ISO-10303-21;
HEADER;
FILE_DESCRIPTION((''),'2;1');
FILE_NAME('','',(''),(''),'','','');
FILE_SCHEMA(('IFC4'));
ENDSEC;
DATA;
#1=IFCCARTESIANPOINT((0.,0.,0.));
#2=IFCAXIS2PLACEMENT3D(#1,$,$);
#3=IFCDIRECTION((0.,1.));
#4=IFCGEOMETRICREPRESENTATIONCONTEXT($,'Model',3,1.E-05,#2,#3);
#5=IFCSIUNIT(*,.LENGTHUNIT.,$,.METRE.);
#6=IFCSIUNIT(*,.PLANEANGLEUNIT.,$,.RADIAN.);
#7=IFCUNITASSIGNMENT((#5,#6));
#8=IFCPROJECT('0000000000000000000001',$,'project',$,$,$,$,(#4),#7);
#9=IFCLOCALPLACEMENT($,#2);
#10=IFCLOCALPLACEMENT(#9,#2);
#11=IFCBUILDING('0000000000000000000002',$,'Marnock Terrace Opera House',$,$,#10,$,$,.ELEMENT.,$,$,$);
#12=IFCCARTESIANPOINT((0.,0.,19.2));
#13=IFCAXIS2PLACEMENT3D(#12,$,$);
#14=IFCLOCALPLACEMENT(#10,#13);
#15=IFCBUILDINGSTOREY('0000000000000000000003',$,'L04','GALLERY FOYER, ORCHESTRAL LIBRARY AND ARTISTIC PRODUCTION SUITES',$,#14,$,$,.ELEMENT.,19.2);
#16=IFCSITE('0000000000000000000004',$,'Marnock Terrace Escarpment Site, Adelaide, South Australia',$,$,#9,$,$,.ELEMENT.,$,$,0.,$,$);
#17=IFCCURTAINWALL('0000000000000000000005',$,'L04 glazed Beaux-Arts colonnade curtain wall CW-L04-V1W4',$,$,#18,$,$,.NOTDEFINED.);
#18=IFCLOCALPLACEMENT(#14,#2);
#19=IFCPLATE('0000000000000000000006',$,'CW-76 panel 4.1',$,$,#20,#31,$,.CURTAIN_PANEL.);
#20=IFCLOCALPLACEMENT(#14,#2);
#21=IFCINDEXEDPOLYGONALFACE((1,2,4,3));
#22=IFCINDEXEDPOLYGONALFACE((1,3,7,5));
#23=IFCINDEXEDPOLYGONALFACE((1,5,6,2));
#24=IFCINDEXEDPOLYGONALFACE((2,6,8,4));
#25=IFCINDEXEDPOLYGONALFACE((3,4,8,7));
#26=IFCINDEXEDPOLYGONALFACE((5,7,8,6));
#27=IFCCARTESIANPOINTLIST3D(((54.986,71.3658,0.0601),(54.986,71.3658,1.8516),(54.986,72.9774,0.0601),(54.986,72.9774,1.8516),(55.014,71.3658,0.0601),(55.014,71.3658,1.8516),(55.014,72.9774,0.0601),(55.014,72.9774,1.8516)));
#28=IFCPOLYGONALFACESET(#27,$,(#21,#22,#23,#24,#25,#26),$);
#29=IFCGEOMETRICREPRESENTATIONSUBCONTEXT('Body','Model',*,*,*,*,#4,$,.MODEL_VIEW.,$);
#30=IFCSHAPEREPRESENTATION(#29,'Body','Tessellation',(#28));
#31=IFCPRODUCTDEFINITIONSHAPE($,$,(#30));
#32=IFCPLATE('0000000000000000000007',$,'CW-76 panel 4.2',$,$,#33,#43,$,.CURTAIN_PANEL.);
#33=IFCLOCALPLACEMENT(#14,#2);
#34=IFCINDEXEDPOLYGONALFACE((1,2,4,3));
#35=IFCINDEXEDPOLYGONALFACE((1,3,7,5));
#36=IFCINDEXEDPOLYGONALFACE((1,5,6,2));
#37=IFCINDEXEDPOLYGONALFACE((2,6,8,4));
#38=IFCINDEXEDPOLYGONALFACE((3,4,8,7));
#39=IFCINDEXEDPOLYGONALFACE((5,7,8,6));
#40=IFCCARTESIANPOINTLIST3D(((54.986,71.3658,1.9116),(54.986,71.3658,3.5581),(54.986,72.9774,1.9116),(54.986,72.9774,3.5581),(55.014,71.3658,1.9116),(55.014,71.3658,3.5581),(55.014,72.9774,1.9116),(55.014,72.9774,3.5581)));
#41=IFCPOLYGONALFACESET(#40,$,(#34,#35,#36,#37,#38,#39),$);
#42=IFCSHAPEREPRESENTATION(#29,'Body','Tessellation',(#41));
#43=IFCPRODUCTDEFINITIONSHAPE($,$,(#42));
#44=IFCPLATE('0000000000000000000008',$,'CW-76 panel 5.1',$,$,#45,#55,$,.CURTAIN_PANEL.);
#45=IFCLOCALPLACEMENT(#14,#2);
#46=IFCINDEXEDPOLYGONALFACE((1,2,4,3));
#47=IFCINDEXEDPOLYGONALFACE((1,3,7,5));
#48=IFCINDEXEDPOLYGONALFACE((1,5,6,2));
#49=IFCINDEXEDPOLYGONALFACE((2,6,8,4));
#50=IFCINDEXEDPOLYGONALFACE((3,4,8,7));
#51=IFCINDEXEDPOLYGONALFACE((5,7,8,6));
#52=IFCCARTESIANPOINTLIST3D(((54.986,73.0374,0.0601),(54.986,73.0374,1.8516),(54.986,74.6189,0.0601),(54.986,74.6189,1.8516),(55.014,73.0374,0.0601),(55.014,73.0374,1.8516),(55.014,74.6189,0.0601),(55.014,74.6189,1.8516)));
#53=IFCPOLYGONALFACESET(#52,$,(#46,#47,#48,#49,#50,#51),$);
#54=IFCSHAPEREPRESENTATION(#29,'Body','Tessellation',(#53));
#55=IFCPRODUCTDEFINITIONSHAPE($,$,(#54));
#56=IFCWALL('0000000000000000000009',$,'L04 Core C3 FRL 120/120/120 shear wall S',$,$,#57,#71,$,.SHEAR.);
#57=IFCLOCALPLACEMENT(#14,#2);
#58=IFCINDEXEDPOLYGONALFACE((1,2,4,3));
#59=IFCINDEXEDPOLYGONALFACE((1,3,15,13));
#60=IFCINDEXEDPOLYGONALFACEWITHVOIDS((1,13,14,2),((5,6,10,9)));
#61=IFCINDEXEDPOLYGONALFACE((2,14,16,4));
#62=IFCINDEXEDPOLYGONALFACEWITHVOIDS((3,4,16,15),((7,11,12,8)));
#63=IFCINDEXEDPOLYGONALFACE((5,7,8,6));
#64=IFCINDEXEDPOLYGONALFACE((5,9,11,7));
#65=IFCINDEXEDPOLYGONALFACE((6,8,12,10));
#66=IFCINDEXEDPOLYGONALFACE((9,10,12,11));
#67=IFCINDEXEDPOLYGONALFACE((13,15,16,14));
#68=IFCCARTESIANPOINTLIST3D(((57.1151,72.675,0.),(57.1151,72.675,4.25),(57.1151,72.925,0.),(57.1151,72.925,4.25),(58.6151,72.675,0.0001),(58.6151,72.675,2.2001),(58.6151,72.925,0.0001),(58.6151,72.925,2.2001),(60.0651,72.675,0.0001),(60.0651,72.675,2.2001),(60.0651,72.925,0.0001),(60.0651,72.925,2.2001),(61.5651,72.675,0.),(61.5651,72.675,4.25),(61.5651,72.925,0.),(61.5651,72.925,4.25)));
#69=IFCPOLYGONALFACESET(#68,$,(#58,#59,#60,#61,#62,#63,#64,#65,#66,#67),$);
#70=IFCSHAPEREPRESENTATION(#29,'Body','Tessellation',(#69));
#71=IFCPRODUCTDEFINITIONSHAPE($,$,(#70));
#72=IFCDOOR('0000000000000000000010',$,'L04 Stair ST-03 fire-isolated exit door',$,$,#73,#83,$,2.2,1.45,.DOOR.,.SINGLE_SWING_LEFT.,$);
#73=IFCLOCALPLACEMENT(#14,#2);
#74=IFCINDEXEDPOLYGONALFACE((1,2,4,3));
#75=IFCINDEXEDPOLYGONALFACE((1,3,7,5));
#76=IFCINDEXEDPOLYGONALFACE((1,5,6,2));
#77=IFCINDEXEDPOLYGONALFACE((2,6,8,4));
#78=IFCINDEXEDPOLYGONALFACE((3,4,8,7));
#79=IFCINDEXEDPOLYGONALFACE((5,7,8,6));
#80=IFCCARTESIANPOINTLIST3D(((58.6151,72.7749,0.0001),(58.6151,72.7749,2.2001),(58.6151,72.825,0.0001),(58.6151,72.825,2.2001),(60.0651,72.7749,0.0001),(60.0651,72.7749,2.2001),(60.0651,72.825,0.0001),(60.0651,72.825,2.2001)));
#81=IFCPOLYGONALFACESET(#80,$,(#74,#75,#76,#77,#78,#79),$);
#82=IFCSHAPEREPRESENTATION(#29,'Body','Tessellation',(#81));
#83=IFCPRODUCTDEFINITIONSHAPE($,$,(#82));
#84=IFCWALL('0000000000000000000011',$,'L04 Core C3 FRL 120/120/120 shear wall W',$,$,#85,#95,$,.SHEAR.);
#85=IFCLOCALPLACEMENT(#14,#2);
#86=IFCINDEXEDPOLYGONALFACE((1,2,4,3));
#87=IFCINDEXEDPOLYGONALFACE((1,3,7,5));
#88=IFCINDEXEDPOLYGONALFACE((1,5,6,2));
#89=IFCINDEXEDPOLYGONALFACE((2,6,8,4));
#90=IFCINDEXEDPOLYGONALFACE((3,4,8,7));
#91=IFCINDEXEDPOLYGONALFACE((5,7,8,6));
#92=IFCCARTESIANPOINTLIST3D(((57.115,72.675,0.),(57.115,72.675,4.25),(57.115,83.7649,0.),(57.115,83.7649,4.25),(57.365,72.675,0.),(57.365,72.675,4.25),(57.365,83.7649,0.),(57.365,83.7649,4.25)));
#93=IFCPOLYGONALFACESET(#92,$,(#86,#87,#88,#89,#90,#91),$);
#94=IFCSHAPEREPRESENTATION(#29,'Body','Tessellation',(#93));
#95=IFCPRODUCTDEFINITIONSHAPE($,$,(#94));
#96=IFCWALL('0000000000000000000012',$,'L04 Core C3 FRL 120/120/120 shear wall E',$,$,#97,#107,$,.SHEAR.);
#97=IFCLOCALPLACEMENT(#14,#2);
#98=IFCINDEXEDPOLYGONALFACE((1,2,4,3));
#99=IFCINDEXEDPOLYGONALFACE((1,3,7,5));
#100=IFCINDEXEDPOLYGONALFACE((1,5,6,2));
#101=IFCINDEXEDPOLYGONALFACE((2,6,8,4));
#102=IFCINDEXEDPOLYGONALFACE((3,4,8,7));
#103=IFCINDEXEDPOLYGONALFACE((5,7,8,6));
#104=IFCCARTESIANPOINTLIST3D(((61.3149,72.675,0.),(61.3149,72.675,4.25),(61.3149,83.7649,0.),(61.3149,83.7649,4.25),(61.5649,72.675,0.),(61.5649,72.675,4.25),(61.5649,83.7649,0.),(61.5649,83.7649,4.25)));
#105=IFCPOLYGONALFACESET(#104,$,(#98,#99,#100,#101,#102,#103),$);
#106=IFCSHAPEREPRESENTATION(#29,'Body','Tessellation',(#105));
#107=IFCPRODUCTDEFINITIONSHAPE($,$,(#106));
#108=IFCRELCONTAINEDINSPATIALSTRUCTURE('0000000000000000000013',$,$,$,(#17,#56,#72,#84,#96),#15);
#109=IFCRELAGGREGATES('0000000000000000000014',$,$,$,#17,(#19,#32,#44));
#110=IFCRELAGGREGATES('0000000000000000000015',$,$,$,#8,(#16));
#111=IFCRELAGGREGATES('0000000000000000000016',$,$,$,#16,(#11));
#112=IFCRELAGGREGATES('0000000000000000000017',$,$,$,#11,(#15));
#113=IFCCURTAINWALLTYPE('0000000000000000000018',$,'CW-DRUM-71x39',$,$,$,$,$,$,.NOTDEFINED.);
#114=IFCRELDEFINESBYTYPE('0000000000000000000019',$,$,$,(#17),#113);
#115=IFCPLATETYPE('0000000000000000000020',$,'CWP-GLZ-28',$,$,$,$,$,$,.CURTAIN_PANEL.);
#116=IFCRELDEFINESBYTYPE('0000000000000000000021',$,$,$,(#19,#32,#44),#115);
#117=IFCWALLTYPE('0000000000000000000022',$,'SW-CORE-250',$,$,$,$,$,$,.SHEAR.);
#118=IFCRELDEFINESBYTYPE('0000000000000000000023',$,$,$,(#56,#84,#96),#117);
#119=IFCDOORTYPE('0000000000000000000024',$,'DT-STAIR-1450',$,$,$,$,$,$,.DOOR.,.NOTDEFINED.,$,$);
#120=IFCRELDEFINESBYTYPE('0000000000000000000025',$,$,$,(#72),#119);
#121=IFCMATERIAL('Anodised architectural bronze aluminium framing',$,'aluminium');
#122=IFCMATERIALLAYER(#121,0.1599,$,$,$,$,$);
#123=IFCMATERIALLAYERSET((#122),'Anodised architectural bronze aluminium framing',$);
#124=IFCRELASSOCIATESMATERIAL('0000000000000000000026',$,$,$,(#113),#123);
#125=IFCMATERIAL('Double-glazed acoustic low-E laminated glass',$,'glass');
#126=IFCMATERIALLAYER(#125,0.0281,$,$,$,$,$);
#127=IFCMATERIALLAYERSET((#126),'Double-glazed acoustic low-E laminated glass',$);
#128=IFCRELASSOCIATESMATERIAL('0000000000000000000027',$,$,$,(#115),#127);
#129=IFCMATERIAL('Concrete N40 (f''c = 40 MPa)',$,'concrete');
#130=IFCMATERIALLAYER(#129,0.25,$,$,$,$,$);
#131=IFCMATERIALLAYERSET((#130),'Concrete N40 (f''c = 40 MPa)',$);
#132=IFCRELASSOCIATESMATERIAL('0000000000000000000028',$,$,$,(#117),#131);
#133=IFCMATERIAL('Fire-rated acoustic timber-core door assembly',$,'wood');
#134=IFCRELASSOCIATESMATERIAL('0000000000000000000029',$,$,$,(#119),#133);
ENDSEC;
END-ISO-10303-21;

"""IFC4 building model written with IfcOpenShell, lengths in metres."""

from ifc_helpers import new_model, si_unit, direction, frame, frame_2d, origin, origin_2d, place, context, subcontext, project, spatial, rectangle, extrude, material, layer, layer_set, type_object, element, fill, aggregate, save


model = new_model("IFC4")

# Units and contexts
model_context = context("Model", 3, precision=1e-05, world=origin(), true_north=direction((0.0, 1.0)))
body_context = subcontext(model_context, "Body", "Model", "MODEL_VIEW")
ifc_project = project(units=[si_unit("LENGTHUNIT", "METRE"), si_unit("PLANEANGLEUNIT", "RADIAN")], contexts=[model_context])

# Site, building, storey
site_placement = place(None, origin())
site = spatial("IfcSite", under=ifc_project, at=site_placement, Name="Marnock Terrace Escarpment Site, Adelaide, South Australia", CompositionType="ELEMENT", RefElevation=0.0)
building_placement = place(site_placement, origin())
building = spatial("IfcBuilding", under=site, at=building_placement, Name="Marnock Terrace Opera House", CompositionType="ELEMENT")
storey_placement = place(building_placement, frame((0.0, 0.0, 19.2)))
storey = spatial("IfcBuildingStorey", under=building, at=storey_placement, Name="L04", Description="GALLERY FOYER, ORCHESTRAL LIBRARY AND ARTISTIC PRODUCTION SUITES", CompositionType="ELEMENT", Elevation=19.2)

# Shared definitions
ifc_material_1 = material(Name="Concrete N40 (f'c = 40 MPa)", Category="concrete")

# Curtain wall, plates
ifc_material_2 = material(Name="Anodised architectural bronze aluminium framing", Category="aluminium")
ifc_layer_1 = layer(ifc_material_2, 0.1599)
ifc_layer_set_1 = layer_set([ifc_layer_1], Name="Anodised architectural bronze aluminium framing")
curtain_wall_type = type_object("IfcCurtainWallType", Name="CW-DRUM-71x39", PredefinedType="NOTDEFINED", material=ifc_layer_set_1)
curtain_wall_placement = place(storey_placement, origin())
curtain_wall = element("IfcCurtainWall", 1, at=curtain_wall_placement, inside=storey, type_object=curtain_wall_type, Name="L04 glazed Beaux-Arts colonnade curtain wall CW-L04-V1W4", PredefinedType="NOTDEFINED")
ifc_material_3 = material(Name="Double-glazed acoustic low-E laminated glass", Category="glass")
ifc_layer_2 = layer(ifc_material_3, 0.0281)
ifc_layer_set_2 = layer_set([ifc_layer_2], Name="Double-glazed acoustic low-E laminated glass")
plate_type = type_object("IfcPlateType", Name="CWP-GLZ-28", PredefinedType="CURTAIN_PANEL", material=ifc_layer_set_2)
plate_1_placement = place(storey_placement, frame((55.0, 72.1716, 0.0601), z_axis=(0.0, 0.0, 1.0), x_axis=(0.0, 1.0, 0.0)))
plate_1 = element("IfcPlate", 2, at=plate_1_placement, type_object=plate_type, Name="CW-76 panel 4.1", PredefinedType="CURTAIN_PANEL", context=body_context, shape_type="SweptSolid", body=[
    extrude(rectangle(XDim=1.6116, YDim=0.0281, at=origin_2d()), origin(), (0.0, 0.0, 1.0), 1.7915),
])
plate_2_placement = place(storey_placement, frame((55.0, 72.1716, 1.9116), z_axis=(0.0, 0.0, 1.0), x_axis=(0.0, 1.0, 0.0)))
plate_2 = element("IfcPlate", 3, at=plate_2_placement, type_object=plate_type, Name="CW-76 panel 4.2", PredefinedType="CURTAIN_PANEL", context=body_context, shape_type="SweptSolid", body=[
    extrude(rectangle(XDim=1.6116, YDim=0.0281, at=origin_2d()), origin(), (0.0, 0.0, 1.0), 1.6465),
])
plate_3_placement = place(storey_placement, frame((55.0, 73.8281, 0.0601), z_axis=(0.0, 0.0, 1.0), x_axis=(0.0, 1.0, 0.0)))
plate_3 = element("IfcPlate", 4, at=plate_3_placement, type_object=plate_type, Name="CW-76 panel 5.1", PredefinedType="CURTAIN_PANEL", context=body_context, shape_type="SweptSolid", body=[
    extrude(rectangle(XDim=1.5815, YDim=0.0281, at=origin_2d()), origin(), (0.0, 0.0, 1.0), 1.7915),
])
aggregate(curtain_wall, [plate_1, plate_2, plate_3])

# Wall, opening, door
ifc_layer_3 = layer(ifc_material_1, 0.25)
ifc_layer_set_3 = layer_set([ifc_layer_3], Name="Concrete N40 (f'c = 40 MPa)")
wall_type = type_object("IfcWallType", Name="SW-CORE-250", PredefinedType="SHEAR", material=ifc_layer_set_3)
wall_placement = place(storey_placement, frame((57.115, 72.8, 0.0), z_axis=(0.0, 0.0, 1.0), x_axis=(1.0, 0.0, 0.0)))
wall = element("IfcWall", 5, at=wall_placement, inside=storey, type_object=wall_type, Name="L04 Core C3 FRL 120/120/120 shear wall S", PredefinedType="SHEAR", context=body_context, shape_type="SweptSolid", body=[
    extrude(rectangle(XDim=4.45, YDim=0.25, at=frame_2d((2.2251, 0.0))), origin(), (0.0, 0.0, 1.0), 4.25),
])
opening_placement = place(wall_placement, frame((1.5, 0.0, 0.0)))
opening = element("IfcOpeningElement", 6, at=opening_placement, cuts=wall, PredefinedType="OPENING", context=body_context, shape_type="SweptSolid", body=[
    extrude(rectangle(XDim=1.45, YDim=2.2, at=frame_2d((0.7251, 1.1001))), frame((0.0, 0.135, 0.0), z_axis=(0.0, -1.0, 0.0), x_axis=(1.0, 0.0, 0.0)), (0.0, 0.0, 1.0), 0.27),
])
ifc_material_4 = material(Name="Fire-rated acoustic timber-core door assembly", Category="wood")
door_type = type_object("IfcDoorType", Name="DT-STAIR-1450", OperationType="NOTDEFINED", PredefinedType="DOOR", material=ifc_material_4)
door_placement = place(opening_placement, origin())
door = element("IfcDoor", 7, at=door_placement, inside=storey, type_object=door_type, Name="L04 Stair ST-03 fire-isolated exit door", OperationType="SINGLE_SWING_LEFT", OverallHeight=2.2, OverallWidth=1.45, PredefinedType="DOOR", context=body_context, shape_type="SweptSolid", body=[
    extrude(rectangle(XDim=1.45, YDim=2.2, at=frame_2d((0.7251, 1.1001))), frame((0.0, 0.0249, 0.0), z_axis=(0.0, -1.0, 0.0), x_axis=(1.0, 0.0, 0.0)), (0.0, 0.0, 1.0), 0.05),
])
fill(opening, door)

# Walls
for number, where, z_axis, x_axis, name in (
    (8, (57.24, 72.675, 0.0), (0.0, 0.0, 1.0), (0.0, 1.0, 0.0), "L04 Core C3 FRL 120/120/120 shear wall W"),
    (9, (61.4399, 72.675, 0.0), (0.0, 0.0, 1.0), (0.0, 1.0, 0.0), "L04 Core C3 FRL 120/120/120 shear wall E"),
):
    element("IfcWall", number, at=place(storey_placement, frame(where, z_axis=z_axis, x_axis=x_axis)), inside=storey, type_object=wall_type, Name=name, PredefinedType="SHEAR", context=body_context, shape_type="SweptSolid", body=[
        extrude(rectangle(XDim=11.0898, YDim=0.25, at=frame_2d((5.5449, 0.0))), origin(), (0.0, 0.0, 1.0), 4.25),
    ])

save(model, "model.ifc")
